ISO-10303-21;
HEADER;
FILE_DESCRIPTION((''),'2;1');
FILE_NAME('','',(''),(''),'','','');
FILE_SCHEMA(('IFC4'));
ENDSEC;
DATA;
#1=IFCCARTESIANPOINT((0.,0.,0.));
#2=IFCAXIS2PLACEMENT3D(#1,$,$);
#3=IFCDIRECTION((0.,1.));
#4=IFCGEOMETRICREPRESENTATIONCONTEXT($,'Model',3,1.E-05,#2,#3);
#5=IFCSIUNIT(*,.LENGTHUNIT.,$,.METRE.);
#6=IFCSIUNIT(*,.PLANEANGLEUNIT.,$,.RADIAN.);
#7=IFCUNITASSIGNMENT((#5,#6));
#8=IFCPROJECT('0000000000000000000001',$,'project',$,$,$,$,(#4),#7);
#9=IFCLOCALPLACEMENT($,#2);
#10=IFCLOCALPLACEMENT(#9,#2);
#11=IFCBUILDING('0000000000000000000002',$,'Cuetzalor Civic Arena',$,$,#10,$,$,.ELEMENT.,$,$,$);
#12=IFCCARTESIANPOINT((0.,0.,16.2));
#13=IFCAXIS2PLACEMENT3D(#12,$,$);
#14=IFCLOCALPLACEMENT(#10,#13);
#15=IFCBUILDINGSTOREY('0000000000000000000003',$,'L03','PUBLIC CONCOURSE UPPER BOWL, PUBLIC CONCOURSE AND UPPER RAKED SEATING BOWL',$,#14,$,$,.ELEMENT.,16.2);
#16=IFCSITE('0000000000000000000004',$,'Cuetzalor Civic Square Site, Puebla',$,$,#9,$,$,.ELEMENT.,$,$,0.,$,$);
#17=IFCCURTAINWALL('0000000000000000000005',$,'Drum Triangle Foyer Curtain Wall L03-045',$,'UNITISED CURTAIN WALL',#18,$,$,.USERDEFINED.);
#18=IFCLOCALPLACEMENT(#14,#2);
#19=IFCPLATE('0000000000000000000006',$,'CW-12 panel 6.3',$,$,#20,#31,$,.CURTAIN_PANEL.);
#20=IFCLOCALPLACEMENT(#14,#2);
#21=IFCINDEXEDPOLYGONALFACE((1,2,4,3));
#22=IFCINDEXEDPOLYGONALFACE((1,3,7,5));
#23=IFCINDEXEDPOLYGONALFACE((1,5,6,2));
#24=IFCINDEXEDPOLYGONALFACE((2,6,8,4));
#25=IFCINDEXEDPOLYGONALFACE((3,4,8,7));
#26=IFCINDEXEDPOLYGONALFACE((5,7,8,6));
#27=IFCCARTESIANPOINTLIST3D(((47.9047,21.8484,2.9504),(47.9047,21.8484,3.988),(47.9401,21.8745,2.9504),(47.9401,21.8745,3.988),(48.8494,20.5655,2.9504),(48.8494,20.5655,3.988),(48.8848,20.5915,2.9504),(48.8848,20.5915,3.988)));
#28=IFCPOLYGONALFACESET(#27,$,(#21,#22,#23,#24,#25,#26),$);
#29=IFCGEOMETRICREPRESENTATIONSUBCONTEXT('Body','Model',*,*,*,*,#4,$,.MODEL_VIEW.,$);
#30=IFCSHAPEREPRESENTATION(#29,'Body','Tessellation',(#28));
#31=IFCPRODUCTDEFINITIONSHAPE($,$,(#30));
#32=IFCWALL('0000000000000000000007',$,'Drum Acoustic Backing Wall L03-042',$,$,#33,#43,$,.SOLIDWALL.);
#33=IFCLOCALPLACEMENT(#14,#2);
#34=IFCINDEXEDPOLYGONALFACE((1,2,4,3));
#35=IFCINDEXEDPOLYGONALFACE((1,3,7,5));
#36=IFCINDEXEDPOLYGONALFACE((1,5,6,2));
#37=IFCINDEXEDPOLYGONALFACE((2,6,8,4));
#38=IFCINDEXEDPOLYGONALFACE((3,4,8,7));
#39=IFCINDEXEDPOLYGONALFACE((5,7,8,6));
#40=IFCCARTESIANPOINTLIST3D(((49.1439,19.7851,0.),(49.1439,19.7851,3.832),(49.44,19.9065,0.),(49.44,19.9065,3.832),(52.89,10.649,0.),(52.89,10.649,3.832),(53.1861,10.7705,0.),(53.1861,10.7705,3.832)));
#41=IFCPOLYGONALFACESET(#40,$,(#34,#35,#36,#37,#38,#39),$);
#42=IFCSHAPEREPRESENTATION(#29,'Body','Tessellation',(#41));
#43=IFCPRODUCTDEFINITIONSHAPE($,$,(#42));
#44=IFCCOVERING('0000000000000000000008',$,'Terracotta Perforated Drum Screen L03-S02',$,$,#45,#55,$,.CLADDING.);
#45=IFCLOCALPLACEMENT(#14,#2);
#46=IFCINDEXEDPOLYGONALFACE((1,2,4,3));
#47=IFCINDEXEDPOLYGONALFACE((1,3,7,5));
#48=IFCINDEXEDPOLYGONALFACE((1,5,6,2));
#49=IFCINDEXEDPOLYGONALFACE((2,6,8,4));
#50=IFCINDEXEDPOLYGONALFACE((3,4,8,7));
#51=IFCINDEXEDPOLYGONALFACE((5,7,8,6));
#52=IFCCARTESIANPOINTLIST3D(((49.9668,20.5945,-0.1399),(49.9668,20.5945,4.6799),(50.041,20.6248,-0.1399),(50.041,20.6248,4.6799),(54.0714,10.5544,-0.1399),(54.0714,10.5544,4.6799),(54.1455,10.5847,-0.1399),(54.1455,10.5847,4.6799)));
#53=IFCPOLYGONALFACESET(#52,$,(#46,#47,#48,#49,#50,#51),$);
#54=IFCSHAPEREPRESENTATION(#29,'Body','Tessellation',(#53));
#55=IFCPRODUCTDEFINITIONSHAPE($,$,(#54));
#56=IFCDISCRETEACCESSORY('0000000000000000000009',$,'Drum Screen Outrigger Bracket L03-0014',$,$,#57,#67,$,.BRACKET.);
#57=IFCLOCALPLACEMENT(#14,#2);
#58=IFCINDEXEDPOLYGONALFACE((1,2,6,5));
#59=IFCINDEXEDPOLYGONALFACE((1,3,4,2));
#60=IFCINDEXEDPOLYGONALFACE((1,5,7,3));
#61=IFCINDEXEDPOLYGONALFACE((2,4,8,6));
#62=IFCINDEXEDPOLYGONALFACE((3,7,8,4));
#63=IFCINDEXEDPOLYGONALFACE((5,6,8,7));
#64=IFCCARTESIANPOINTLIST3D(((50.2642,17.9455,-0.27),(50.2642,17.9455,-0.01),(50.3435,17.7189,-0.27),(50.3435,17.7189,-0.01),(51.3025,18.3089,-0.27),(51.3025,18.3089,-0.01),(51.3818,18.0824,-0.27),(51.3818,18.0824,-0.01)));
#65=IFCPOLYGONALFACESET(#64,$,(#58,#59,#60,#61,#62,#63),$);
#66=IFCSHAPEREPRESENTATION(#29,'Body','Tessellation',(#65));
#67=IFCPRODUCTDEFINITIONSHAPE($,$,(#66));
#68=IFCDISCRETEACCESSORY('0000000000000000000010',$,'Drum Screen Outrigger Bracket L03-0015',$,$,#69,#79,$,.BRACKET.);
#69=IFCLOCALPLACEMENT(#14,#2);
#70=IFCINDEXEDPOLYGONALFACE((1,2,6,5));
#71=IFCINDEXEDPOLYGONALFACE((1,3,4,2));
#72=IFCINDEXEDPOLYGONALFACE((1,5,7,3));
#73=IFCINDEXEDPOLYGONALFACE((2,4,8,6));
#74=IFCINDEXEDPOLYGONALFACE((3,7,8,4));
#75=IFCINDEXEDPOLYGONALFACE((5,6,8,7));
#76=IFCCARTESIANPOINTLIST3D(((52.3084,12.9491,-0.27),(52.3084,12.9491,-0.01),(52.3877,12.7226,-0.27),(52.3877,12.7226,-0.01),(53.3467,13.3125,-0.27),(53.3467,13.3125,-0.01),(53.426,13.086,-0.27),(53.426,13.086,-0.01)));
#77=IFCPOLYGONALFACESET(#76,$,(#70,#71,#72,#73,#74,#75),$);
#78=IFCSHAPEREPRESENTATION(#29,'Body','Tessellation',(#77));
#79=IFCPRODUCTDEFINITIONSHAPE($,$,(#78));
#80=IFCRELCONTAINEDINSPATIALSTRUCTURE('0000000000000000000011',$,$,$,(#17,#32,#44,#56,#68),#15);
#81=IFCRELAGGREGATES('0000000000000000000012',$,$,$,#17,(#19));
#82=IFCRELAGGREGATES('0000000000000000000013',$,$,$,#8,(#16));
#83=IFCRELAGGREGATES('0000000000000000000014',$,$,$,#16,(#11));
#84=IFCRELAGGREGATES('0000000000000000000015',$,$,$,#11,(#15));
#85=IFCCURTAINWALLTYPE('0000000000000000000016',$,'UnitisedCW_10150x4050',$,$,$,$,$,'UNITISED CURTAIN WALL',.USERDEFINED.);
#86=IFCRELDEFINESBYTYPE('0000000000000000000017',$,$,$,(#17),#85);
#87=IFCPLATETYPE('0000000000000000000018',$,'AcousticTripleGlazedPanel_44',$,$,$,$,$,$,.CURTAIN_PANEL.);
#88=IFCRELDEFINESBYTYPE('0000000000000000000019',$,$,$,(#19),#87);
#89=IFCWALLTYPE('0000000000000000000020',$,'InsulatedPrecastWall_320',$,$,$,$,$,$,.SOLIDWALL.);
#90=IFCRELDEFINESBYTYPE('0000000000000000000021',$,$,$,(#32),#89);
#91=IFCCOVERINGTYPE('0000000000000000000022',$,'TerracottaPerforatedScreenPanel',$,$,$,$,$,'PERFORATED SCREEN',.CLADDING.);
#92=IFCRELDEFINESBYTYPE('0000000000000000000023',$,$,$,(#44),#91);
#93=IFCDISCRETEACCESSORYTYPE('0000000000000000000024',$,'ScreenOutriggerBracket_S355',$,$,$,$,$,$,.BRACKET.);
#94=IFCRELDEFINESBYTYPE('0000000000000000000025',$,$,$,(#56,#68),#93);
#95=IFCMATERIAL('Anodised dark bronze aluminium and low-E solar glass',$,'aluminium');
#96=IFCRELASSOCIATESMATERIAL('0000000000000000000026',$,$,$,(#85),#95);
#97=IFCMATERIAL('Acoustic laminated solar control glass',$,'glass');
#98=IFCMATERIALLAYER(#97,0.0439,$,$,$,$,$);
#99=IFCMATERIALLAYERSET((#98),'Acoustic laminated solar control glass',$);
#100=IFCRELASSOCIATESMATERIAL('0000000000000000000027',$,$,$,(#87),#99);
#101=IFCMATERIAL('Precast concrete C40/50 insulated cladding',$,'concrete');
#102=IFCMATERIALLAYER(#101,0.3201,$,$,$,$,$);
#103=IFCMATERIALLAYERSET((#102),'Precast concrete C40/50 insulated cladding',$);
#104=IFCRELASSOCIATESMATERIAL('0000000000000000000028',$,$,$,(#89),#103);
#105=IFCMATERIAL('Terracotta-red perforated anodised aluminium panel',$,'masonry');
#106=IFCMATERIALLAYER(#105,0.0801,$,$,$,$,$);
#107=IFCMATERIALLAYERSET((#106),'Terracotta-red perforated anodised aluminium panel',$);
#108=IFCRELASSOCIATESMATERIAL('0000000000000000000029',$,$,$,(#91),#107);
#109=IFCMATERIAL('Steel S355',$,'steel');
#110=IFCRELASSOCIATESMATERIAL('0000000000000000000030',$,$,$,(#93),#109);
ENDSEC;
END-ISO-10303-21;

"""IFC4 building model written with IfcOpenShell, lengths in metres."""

from ifc_helpers import new_model, si_unit, direction, frame, frame_2d, origin, origin_2d, place, context, subcontext, project, spatial, rectangle, extrude, material, layer, layer_set, type_object, element, aggregate, save


model = new_model("IFC4")

# Units and contexts
model_context = context("Model", 3, precision=1e-05, world=origin(), true_north=direction((0.0, 1.0)))
body_context = subcontext(model_context, "Body", "Model", "MODEL_VIEW")
ifc_project = project(units=[si_unit("LENGTHUNIT", "METRE"), si_unit("PLANEANGLEUNIT", "RADIAN")], contexts=[model_context])

# Site, building, storey
site_placement = place(None, origin())
site = spatial("IfcSite", under=ifc_project, at=site_placement, Name="Cuetzalor Civic Square Site, Puebla", CompositionType="ELEMENT", RefElevation=0.0)
building_placement = place(site_placement, origin())
building = spatial("IfcBuilding", under=site, at=building_placement, Name="Cuetzalor Civic Arena", CompositionType="ELEMENT")
storey_placement = place(building_placement, frame((0.0, 0.0, 16.2)))
storey = spatial("IfcBuildingStorey", under=building, at=storey_placement, Name="L03", Description="PUBLIC CONCOURSE UPPER BOWL, PUBLIC CONCOURSE AND UPPER RAKED SEATING BOWL", CompositionType="ELEMENT", Elevation=16.2)

# Curtain wall
ifc_material_1 = material(Name="Anodised dark bronze aluminium and low-E solar glass", Category="aluminium")
curtain_wall_type = type_object("IfcCurtainWallType", Name="UnitisedCW_10150x4050", ElementType="UNITISED CURTAIN WALL", PredefinedType="USERDEFINED", material=ifc_material_1)
curtain_wall_placement = place(storey_placement, origin())
curtain_wall = element("IfcCurtainWall", 1, at=curtain_wall_placement, inside=storey, type_object=curtain_wall_type, Name="Drum Triangle Foyer Curtain Wall L03-045", ObjectType="UNITISED CURTAIN WALL", PredefinedType="USERDEFINED")

# Plate
ifc_material_2 = material(Name="Acoustic laminated solar control glass", Category="glass")
ifc_layer_1 = layer(ifc_material_2, 0.0439)
ifc_layer_set_1 = layer_set([ifc_layer_1], Name="Acoustic laminated solar control glass")
plate_type = type_object("IfcPlateType", Name="AcousticTripleGlazedPanel_44", PredefinedType="CURTAIN_PANEL", material=ifc_layer_set_1)
plate_1_placement = place(storey_placement, frame((48.3948, 21.22, 2.9504), z_axis=(0.0, 0.0, 1.0), x_axis=(0.592929, -0.805255, 0.0)))
plate_1 = element("IfcPlate", 2, at=plate_1_placement, type_object=plate_type, Name="CW-12 panel 6.3", PredefinedType="CURTAIN_PANEL", context=body_context, shape_type="SweptSolid", body=[
    extrude(rectangle(XDim=1.5933, YDim=0.0439, at=origin_2d()), origin(), (0.0, 0.0, 1.0), 1.0376),
])
aggregate(curtain_wall, [plate_1])

# Wall
ifc_material_3 = material(Name="Precast concrete C40/50 insulated cladding", Category="concrete")
ifc_layer_2 = layer(ifc_material_3, 0.3201)
ifc_layer_set_2 = layer_set([ifc_layer_2], Name="Precast concrete C40/50 insulated cladding")
wall_type = type_object("IfcWallType", Name="InsulatedPrecastWall_320", PredefinedType="SOLIDWALL", material=ifc_layer_set_2)
wall_placement = place(storey_placement, frame((49.292, 19.8457, 0.0), z_axis=(0.0, 0.0, 1.0), x_axis=(0.379383, -0.92524, 0.0)))
element("IfcWall", 3, at=wall_placement, inside=storey, type_object=wall_type, Name="Drum Acoustic Backing Wall L03-042", PredefinedType="SOLIDWALL", context=body_context, shape_type="SweptSolid", body=[
    extrude(rectangle(XDim=9.8743, YDim=0.3201, at=frame_2d((4.937, 0.0))), origin(), (0.0, 0.0, 1.0), 3.832),
])

# Covering
ifc_material_4 = material(Name="Terracotta-red perforated anodised aluminium panel", Category="masonry")
ifc_layer_3 = layer(ifc_material_4, 0.0801)
ifc_layer_set_3 = layer_set([ifc_layer_3], Name="Terracotta-red perforated anodised aluminium panel")
covering_type = type_object("IfcCoveringType", Name="TerracottaPerforatedScreenPanel", ElementType="PERFORATED SCREEN", PredefinedType="CLADDING", material=ifc_layer_set_3)
covering_placement = place(storey_placement, frame((50.0039, 20.6096, -0.1399), z_axis=(0.0, 0.0, 1.0), x_axis=(0.378412, -0.925637, 0.0)))
element("IfcCovering", 4, at=covering_placement, inside=storey, type_object=covering_type, Name="Terracotta Perforated Drum Screen L03-S02", PredefinedType="CLADDING", context=body_context, shape_type="SweptSolid", body=[
    extrude(rectangle(XDim=10.8467, YDim=0.0801, at=frame_2d((5.4233, 0.0))), origin(), (0.0, 0.0, 1.0), 4.8198),
])

# Discrete accessories
ifc_material_5 = material(Name="Steel S355", Category="steel")
discrete_accessory_type = type_object("IfcDiscreteAccessoryType", Name="ScreenOutriggerBracket_S355", PredefinedType="BRACKET", material=ifc_material_5)
for number, where, z_axis, x_axis, name in (
    (5, (50.823, 18.0139, -0.27), (0.0, 0.0, 1.0), (0.943859, 0.33035, 0.0), "Drum Screen Outrigger Bracket L03-0014"),
    (6, (52.8672, 13.0176, -0.27), (0.0, 0.0, 1.0), (0.943859, 0.33035, 0.0), "Drum Screen Outrigger Bracket L03-0015"),
):
    element("IfcDiscreteAccessory", number, at=place(storey_placement, frame(where, z_axis=z_axis, x_axis=x_axis)), inside=storey, type_object=discrete_accessory_type, Name=name, PredefinedType="BRACKET", context=body_context, shape_type="SweptSolid", body=[
        extrude(rectangle(XDim=1.1001, YDim=0.24, at=origin_2d()), origin(), (0.0, 0.0, 1.0), 0.26),
    ])

save(model, "model.ifc")
